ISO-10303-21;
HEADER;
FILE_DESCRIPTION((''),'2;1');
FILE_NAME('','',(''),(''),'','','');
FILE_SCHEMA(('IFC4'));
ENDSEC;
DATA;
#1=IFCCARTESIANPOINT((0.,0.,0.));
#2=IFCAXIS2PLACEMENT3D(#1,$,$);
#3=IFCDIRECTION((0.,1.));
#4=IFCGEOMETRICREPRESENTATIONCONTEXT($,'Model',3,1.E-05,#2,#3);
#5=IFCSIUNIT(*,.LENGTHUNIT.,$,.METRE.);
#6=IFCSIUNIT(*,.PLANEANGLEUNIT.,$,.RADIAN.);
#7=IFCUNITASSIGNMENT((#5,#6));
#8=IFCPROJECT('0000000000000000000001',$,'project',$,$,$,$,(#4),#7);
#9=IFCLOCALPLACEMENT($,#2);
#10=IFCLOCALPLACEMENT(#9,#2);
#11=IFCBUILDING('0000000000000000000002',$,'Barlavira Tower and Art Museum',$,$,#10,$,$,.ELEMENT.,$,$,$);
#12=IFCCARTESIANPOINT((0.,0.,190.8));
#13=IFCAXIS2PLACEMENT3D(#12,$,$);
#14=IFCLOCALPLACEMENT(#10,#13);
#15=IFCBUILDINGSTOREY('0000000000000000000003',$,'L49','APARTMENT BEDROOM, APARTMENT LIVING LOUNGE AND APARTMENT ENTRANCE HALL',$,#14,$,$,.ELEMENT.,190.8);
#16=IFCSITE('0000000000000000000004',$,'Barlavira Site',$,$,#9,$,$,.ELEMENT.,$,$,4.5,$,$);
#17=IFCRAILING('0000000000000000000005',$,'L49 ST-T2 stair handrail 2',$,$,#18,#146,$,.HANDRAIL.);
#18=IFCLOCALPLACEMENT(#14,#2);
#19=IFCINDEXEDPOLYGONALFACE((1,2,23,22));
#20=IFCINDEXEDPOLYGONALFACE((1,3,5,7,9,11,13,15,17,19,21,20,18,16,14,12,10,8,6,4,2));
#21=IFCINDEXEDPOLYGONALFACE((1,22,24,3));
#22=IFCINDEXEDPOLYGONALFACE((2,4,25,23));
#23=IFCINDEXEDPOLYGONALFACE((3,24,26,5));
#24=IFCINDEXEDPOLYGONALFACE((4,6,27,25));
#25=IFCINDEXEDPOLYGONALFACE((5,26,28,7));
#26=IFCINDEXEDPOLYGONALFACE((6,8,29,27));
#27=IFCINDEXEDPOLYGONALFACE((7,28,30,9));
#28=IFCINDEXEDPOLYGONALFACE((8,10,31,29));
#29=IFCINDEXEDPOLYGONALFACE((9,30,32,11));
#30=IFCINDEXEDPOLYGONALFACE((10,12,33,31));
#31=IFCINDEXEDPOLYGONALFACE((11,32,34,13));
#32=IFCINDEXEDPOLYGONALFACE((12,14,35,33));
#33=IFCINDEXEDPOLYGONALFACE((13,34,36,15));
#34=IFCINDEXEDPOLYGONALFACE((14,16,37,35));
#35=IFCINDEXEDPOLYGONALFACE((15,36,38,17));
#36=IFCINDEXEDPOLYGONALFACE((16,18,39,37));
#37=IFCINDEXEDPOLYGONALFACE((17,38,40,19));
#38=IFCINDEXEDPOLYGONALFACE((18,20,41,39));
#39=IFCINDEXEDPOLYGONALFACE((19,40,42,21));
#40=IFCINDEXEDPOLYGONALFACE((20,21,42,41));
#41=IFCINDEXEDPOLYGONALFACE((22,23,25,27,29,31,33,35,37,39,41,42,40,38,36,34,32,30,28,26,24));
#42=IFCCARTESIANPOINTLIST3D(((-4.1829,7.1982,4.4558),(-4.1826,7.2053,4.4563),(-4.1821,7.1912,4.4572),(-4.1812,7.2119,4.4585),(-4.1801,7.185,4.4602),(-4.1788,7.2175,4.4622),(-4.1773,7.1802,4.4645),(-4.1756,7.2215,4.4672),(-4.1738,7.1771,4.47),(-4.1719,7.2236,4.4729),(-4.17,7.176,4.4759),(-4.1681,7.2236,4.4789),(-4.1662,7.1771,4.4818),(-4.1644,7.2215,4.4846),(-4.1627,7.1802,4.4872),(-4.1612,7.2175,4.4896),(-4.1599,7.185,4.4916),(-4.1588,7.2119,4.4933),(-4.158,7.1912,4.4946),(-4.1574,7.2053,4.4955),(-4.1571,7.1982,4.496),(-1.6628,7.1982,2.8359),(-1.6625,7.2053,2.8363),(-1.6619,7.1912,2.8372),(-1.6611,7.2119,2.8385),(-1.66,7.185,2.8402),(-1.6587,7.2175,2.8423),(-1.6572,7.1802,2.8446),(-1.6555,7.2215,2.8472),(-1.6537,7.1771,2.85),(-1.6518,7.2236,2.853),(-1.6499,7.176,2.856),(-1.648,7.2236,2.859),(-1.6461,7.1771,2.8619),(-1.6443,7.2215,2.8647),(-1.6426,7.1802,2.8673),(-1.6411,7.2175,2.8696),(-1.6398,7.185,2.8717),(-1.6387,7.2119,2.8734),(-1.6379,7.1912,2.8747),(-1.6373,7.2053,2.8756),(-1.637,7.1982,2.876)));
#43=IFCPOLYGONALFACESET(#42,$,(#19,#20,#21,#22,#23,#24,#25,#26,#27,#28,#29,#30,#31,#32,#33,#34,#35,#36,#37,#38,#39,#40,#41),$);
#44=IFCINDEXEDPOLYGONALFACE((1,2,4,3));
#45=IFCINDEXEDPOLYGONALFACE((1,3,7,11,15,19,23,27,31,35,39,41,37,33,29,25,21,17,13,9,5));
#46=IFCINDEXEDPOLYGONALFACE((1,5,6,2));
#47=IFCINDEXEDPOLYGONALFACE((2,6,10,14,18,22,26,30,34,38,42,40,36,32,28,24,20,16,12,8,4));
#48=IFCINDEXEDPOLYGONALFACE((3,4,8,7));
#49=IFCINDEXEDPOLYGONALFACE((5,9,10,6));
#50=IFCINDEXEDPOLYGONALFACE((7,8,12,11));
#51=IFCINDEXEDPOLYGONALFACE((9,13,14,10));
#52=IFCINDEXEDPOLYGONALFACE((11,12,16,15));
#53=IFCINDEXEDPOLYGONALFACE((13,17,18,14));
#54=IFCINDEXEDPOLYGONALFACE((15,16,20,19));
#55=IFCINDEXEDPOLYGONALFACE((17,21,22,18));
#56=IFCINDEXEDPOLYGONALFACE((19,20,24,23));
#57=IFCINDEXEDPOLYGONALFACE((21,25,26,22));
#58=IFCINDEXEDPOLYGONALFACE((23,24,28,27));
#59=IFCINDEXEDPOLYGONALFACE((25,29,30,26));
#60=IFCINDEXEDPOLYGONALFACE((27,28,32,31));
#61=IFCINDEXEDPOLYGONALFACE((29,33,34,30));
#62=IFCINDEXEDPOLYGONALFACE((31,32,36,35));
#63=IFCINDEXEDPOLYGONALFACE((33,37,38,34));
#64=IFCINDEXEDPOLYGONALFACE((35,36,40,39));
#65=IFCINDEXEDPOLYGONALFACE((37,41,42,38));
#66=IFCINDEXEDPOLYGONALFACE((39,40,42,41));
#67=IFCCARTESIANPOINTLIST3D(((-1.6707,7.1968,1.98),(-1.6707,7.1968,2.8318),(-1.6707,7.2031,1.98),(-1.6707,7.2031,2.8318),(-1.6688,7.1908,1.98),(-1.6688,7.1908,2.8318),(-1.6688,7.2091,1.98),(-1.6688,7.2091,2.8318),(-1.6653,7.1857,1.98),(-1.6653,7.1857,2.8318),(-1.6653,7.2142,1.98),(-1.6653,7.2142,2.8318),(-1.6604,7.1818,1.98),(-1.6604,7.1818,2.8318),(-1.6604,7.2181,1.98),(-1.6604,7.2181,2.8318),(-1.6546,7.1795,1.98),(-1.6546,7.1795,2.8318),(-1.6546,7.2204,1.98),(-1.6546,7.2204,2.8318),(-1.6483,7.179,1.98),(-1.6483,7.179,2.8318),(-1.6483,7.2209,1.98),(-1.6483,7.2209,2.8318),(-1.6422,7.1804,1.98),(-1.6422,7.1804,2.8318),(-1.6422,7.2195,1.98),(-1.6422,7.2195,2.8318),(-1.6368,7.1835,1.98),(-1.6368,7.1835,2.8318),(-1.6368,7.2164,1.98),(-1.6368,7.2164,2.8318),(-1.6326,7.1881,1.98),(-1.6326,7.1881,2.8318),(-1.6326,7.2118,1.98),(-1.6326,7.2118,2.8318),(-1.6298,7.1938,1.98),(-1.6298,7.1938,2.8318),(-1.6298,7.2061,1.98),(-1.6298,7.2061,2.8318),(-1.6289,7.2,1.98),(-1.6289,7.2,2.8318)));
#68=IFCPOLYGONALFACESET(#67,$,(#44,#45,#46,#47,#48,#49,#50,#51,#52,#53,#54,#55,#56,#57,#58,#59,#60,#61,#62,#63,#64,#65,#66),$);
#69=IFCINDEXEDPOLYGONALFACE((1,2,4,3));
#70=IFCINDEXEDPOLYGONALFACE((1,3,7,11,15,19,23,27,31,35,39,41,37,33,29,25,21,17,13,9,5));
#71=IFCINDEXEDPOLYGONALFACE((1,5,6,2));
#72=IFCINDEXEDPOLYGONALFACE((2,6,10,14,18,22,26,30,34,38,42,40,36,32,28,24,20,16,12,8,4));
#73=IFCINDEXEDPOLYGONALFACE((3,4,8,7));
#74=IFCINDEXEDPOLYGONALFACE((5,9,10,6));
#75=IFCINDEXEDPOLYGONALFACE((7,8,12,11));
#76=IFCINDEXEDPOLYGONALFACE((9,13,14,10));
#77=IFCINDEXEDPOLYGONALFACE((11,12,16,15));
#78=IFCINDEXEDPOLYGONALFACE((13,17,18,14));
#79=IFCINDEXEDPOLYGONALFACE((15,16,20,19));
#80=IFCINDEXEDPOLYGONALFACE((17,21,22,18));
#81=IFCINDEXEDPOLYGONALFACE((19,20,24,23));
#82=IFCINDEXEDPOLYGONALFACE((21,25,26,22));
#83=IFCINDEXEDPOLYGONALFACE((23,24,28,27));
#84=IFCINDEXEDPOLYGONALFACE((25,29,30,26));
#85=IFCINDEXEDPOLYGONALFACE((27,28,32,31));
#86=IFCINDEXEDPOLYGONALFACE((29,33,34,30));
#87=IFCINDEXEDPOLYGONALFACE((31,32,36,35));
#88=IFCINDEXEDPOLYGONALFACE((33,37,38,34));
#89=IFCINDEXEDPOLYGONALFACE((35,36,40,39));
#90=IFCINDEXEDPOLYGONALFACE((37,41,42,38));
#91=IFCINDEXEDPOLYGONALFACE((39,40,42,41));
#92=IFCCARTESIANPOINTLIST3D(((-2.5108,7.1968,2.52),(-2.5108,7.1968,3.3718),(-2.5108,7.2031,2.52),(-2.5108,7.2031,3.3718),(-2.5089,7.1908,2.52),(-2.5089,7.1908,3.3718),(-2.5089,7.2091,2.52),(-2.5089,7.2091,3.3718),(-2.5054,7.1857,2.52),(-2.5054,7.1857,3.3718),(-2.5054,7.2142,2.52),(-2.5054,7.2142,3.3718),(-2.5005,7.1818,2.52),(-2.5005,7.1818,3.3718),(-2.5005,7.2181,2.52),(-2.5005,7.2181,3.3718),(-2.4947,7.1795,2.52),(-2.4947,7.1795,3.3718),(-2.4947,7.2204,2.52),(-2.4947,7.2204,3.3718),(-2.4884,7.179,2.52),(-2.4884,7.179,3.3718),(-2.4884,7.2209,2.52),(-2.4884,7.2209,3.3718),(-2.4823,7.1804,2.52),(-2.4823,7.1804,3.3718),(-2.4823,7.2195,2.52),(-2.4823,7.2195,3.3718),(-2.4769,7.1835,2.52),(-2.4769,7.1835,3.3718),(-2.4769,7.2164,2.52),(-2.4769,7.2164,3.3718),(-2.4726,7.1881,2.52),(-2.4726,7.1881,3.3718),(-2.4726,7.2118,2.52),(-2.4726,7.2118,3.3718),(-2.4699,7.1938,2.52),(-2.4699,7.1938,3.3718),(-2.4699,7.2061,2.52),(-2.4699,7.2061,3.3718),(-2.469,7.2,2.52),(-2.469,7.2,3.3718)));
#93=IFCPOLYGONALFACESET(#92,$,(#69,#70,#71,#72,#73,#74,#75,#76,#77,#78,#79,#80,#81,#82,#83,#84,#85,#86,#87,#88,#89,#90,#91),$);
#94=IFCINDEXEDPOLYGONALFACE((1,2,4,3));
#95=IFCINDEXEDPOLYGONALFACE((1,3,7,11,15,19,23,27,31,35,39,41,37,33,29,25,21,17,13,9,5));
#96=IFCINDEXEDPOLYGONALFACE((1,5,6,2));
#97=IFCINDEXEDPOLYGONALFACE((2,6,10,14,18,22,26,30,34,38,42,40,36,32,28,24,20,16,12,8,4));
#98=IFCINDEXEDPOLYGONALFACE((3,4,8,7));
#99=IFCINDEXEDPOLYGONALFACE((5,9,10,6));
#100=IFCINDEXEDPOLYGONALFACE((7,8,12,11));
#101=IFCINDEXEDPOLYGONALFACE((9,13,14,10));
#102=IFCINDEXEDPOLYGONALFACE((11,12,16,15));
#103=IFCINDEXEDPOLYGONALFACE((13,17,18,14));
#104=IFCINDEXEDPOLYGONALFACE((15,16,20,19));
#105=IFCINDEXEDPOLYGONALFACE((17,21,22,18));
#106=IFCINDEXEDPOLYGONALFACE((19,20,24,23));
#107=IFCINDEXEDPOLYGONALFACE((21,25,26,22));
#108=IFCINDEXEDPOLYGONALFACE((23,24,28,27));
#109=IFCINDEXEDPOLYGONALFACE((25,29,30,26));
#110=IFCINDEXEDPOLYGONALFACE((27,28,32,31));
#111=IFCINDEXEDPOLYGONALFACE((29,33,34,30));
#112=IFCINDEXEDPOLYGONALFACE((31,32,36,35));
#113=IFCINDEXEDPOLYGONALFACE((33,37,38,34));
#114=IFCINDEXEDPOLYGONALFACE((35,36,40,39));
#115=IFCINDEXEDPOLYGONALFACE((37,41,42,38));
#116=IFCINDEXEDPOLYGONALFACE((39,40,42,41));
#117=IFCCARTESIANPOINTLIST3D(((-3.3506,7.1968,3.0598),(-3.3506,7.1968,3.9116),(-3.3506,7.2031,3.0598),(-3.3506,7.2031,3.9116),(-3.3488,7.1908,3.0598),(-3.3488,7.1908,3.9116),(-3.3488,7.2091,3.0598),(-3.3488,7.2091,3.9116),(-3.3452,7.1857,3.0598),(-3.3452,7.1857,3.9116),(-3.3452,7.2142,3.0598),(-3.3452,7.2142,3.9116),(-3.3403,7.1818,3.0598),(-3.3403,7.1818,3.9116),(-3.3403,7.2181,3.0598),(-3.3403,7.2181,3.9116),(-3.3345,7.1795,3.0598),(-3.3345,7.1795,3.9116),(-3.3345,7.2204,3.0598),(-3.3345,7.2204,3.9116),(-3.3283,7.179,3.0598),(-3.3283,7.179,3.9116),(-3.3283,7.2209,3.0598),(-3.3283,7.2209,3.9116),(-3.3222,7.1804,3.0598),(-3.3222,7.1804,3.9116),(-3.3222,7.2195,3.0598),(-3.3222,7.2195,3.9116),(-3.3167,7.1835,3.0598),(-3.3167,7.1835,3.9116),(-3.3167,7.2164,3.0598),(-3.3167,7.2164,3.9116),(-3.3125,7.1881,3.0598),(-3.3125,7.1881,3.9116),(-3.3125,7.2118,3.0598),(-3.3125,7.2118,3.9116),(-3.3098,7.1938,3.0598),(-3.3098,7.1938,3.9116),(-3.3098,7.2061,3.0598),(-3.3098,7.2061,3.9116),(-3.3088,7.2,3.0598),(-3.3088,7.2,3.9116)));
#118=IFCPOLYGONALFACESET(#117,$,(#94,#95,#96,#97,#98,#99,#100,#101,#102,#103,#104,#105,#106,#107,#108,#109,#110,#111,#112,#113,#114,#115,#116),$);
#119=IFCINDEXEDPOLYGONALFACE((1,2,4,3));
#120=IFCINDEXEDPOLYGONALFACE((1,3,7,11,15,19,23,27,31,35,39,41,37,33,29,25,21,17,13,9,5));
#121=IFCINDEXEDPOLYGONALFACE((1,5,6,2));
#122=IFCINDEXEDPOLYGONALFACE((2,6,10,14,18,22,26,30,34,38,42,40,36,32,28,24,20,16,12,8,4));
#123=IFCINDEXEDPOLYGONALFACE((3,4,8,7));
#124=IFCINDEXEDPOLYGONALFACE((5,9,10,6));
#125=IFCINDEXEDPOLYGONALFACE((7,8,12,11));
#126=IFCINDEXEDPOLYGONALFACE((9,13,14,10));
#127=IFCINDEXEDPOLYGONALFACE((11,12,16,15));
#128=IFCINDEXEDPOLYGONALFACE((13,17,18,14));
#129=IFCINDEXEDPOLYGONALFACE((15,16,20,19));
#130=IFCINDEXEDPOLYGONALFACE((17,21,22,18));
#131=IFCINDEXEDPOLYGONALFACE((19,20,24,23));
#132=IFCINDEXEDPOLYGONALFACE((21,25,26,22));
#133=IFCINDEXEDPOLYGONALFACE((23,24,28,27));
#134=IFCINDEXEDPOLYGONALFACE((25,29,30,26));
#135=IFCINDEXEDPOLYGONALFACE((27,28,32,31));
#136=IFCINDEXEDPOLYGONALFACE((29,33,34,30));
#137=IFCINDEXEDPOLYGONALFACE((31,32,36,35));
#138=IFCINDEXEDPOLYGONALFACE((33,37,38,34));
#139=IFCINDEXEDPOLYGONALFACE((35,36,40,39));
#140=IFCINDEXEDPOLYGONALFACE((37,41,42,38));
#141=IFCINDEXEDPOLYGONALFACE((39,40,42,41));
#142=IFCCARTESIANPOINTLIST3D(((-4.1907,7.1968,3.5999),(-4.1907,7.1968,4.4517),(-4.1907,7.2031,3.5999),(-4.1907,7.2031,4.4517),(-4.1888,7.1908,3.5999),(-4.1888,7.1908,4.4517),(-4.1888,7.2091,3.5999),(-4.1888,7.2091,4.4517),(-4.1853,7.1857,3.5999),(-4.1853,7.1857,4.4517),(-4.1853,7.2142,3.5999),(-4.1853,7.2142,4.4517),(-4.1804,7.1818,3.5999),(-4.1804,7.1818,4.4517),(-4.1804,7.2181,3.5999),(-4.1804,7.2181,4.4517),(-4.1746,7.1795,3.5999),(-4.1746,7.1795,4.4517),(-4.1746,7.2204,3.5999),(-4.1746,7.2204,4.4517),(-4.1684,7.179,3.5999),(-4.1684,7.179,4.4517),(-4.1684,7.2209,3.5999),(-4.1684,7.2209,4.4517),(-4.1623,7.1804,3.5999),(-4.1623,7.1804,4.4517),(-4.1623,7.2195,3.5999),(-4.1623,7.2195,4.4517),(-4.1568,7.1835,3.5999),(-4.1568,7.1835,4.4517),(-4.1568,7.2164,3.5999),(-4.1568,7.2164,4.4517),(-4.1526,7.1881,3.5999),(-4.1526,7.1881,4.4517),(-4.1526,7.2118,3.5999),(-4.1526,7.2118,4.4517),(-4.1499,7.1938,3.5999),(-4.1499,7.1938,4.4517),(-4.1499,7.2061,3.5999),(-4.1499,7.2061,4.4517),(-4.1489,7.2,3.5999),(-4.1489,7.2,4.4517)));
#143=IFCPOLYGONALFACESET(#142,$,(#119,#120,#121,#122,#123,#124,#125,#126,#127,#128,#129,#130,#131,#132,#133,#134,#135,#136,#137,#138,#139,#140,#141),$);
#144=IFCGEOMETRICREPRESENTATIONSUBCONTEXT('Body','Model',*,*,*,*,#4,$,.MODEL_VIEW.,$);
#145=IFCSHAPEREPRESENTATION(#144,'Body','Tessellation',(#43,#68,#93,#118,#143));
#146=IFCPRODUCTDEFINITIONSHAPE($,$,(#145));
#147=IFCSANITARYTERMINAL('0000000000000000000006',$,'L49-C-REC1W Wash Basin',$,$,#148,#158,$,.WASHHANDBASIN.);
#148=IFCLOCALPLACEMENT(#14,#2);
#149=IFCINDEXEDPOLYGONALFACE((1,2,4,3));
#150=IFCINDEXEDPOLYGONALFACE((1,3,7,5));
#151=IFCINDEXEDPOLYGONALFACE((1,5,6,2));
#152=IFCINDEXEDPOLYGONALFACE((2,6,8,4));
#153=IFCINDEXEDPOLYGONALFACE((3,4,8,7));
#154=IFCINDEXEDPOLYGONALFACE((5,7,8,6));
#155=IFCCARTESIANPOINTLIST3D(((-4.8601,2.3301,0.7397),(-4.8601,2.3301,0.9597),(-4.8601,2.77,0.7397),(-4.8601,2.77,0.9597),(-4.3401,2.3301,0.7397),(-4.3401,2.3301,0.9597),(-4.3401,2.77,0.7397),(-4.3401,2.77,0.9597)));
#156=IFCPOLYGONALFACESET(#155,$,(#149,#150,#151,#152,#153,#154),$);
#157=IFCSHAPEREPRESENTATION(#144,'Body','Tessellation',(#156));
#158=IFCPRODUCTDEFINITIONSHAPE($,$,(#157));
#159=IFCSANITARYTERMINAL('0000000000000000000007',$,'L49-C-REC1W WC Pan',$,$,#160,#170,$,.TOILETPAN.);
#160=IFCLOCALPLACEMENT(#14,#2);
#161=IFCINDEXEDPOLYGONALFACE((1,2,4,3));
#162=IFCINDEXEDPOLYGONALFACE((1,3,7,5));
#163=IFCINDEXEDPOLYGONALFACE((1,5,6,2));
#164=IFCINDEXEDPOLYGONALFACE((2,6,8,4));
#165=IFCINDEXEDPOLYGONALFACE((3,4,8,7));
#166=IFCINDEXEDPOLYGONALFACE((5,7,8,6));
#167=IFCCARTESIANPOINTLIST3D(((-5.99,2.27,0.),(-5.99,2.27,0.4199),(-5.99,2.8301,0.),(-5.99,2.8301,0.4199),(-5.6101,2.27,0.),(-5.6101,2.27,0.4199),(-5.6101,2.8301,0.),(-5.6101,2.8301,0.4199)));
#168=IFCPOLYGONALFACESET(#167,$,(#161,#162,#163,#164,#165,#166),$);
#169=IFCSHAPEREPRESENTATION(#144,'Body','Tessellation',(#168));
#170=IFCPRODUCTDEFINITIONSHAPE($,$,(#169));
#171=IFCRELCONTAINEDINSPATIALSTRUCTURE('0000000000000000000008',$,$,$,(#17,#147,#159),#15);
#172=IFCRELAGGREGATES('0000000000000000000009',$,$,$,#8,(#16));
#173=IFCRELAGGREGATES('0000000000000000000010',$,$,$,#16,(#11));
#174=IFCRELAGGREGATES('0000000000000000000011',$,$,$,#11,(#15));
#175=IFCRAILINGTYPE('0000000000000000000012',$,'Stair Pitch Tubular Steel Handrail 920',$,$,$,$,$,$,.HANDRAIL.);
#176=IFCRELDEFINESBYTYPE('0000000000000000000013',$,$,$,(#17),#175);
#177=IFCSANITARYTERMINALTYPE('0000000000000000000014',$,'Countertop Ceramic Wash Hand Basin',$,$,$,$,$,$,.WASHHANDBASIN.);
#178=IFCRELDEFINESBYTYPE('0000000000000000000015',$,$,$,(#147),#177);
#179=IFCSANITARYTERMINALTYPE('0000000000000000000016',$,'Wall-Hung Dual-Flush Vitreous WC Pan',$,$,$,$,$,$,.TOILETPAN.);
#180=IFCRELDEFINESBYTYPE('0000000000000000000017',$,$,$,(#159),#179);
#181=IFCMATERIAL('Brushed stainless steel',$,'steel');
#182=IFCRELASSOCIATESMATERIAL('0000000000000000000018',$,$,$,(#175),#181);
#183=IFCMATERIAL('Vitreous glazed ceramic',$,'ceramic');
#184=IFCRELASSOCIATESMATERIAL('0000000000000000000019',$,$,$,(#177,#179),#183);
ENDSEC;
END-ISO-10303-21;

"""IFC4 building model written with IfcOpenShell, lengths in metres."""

from ifc_helpers import new_model, si_unit, direction, frame, origin, origin_2d, place, context, subcontext, project, spatial, rectangle, circle, extrude, material, type_object, element, save


model = new_model("IFC4")

# Units and contexts
model_context = context("Model", 3, precision=1e-05, world=origin(), true_north=direction((0.0, 1.0)))
body_context = subcontext(model_context, "Body", "Model", "MODEL_VIEW")
ifc_project = project(units=[si_unit("LENGTHUNIT", "METRE"), si_unit("PLANEANGLEUNIT", "RADIAN")], contexts=[model_context])

# Site, building, storey
site_placement = place(None, origin())
site = spatial("IfcSite", under=ifc_project, at=site_placement, Name="Barlavira Site", CompositionType="ELEMENT", RefElevation=4.5)
building_placement = place(site_placement, origin())
building = spatial("IfcBuilding", under=site, at=building_placement, Name="Barlavira Tower and Art Museum", CompositionType="ELEMENT")
storey_placement = place(building_placement, frame((0.0, 0.0, 190.8)))
storey = spatial("IfcBuildingStorey", under=building, at=storey_placement, Name="L49", Description="APARTMENT BEDROOM, APARTMENT LIVING LOUNGE AND APARTMENT ENTRANCE HALL", CompositionType="ELEMENT", Elevation=190.8)

# Shared definitions
ifc_material_1 = material(Name="Brushed stainless steel", Category="steel")

# Railing
railing_type_1 = type_object("IfcRailingType", Name="Stair Pitch Tubular Steel Handrail 920", PredefinedType="HANDRAIL", material=ifc_material_1)
railing_1_placement = place(storey_placement, frame((-1.6499, 7.2, 1.98)))
element("IfcRailing", 1, at=railing_1_placement, inside=storey, type_object=railing_type_1, Name="L49 ST-T2 stair handrail 2", PredefinedType="HANDRAIL", context=body_context, shape_type="SweptSolid", body=[
    extrude(circle(Radius=0.0239, at=origin_2d()), frame((0.0, 0.0, 0.876), z_axis=(-0.8412, 0.0, 0.540725), x_axis=(0.0, -1.0, 0.0)), (0.0, 0.0, 1.0), 2.9958),
    extrude(circle(Radius=0.021, at=origin_2d()), origin(), (0.0, 0.0, 1.0), 0.8518),
    extrude(circle(Radius=0.021, at=origin_2d()), frame((-0.8401, 0.0, 0.54)), (0.0, 0.0, 1.0), 0.8518),
    extrude(circle(Radius=0.021, at=origin_2d()), frame((-1.6799, 0.0, 1.0798)), (0.0, 0.0, 1.0), 0.8518),
    extrude(circle(Radius=0.021, at=origin_2d()), frame((-2.52, 0.0, 1.6199)), (0.0, 0.0, 1.0), 0.8518),
])

# Sanitary terminals
ifc_material_2 = material(Name="Vitreous glazed ceramic", Category="ceramic")
sanitary_terminal_type_1 = type_object("IfcSanitaryTerminalType", Name="Countertop Ceramic Wash Hand Basin", PredefinedType="WASHHANDBASIN", material=ifc_material_2)
sanitary_terminal_1_placement = place(storey_placement, frame((-4.6001, 2.55, 0.7397), z_axis=(0.0, 0.0, 1.0), x_axis=(1.0, 0.0, 0.0)))
element("IfcSanitaryTerminal", 2, at=sanitary_terminal_1_placement, inside=storey, type_object=sanitary_terminal_type_1, Name="L49-C-REC1W Wash Basin", PredefinedType="WASHHANDBASIN", context=body_context, shape_type="SweptSolid", body=[
    extrude(rectangle(XDim=0.52, YDim=0.4399, at=origin_2d()), origin(), (0.0, 0.0, 1.0), 0.22),
])
sanitary_terminal_type_2 = type_object("IfcSanitaryTerminalType", Name="Wall-Hung Dual-Flush Vitreous WC Pan", PredefinedType="TOILETPAN", material=ifc_material_2)
sanitary_terminal_2_placement = place(storey_placement, frame((-5.8, 2.55, 0.0), z_axis=(0.0, 0.0, 1.0), x_axis=(1.0, 0.0, 0.0)))
element("IfcSanitaryTerminal", 3, at=sanitary_terminal_2_placement, inside=storey, type_object=sanitary_terminal_type_2, Name="L49-C-REC1W WC Pan", PredefinedType="TOILETPAN", context=body_context, shape_type="SweptSolid", body=[
    extrude(rectangle(XDim=0.3799, YDim=0.5601, at=origin_2d()), origin(), (0.0, 0.0, 1.0), 0.4199),
])

save(model, "model.ifc")
